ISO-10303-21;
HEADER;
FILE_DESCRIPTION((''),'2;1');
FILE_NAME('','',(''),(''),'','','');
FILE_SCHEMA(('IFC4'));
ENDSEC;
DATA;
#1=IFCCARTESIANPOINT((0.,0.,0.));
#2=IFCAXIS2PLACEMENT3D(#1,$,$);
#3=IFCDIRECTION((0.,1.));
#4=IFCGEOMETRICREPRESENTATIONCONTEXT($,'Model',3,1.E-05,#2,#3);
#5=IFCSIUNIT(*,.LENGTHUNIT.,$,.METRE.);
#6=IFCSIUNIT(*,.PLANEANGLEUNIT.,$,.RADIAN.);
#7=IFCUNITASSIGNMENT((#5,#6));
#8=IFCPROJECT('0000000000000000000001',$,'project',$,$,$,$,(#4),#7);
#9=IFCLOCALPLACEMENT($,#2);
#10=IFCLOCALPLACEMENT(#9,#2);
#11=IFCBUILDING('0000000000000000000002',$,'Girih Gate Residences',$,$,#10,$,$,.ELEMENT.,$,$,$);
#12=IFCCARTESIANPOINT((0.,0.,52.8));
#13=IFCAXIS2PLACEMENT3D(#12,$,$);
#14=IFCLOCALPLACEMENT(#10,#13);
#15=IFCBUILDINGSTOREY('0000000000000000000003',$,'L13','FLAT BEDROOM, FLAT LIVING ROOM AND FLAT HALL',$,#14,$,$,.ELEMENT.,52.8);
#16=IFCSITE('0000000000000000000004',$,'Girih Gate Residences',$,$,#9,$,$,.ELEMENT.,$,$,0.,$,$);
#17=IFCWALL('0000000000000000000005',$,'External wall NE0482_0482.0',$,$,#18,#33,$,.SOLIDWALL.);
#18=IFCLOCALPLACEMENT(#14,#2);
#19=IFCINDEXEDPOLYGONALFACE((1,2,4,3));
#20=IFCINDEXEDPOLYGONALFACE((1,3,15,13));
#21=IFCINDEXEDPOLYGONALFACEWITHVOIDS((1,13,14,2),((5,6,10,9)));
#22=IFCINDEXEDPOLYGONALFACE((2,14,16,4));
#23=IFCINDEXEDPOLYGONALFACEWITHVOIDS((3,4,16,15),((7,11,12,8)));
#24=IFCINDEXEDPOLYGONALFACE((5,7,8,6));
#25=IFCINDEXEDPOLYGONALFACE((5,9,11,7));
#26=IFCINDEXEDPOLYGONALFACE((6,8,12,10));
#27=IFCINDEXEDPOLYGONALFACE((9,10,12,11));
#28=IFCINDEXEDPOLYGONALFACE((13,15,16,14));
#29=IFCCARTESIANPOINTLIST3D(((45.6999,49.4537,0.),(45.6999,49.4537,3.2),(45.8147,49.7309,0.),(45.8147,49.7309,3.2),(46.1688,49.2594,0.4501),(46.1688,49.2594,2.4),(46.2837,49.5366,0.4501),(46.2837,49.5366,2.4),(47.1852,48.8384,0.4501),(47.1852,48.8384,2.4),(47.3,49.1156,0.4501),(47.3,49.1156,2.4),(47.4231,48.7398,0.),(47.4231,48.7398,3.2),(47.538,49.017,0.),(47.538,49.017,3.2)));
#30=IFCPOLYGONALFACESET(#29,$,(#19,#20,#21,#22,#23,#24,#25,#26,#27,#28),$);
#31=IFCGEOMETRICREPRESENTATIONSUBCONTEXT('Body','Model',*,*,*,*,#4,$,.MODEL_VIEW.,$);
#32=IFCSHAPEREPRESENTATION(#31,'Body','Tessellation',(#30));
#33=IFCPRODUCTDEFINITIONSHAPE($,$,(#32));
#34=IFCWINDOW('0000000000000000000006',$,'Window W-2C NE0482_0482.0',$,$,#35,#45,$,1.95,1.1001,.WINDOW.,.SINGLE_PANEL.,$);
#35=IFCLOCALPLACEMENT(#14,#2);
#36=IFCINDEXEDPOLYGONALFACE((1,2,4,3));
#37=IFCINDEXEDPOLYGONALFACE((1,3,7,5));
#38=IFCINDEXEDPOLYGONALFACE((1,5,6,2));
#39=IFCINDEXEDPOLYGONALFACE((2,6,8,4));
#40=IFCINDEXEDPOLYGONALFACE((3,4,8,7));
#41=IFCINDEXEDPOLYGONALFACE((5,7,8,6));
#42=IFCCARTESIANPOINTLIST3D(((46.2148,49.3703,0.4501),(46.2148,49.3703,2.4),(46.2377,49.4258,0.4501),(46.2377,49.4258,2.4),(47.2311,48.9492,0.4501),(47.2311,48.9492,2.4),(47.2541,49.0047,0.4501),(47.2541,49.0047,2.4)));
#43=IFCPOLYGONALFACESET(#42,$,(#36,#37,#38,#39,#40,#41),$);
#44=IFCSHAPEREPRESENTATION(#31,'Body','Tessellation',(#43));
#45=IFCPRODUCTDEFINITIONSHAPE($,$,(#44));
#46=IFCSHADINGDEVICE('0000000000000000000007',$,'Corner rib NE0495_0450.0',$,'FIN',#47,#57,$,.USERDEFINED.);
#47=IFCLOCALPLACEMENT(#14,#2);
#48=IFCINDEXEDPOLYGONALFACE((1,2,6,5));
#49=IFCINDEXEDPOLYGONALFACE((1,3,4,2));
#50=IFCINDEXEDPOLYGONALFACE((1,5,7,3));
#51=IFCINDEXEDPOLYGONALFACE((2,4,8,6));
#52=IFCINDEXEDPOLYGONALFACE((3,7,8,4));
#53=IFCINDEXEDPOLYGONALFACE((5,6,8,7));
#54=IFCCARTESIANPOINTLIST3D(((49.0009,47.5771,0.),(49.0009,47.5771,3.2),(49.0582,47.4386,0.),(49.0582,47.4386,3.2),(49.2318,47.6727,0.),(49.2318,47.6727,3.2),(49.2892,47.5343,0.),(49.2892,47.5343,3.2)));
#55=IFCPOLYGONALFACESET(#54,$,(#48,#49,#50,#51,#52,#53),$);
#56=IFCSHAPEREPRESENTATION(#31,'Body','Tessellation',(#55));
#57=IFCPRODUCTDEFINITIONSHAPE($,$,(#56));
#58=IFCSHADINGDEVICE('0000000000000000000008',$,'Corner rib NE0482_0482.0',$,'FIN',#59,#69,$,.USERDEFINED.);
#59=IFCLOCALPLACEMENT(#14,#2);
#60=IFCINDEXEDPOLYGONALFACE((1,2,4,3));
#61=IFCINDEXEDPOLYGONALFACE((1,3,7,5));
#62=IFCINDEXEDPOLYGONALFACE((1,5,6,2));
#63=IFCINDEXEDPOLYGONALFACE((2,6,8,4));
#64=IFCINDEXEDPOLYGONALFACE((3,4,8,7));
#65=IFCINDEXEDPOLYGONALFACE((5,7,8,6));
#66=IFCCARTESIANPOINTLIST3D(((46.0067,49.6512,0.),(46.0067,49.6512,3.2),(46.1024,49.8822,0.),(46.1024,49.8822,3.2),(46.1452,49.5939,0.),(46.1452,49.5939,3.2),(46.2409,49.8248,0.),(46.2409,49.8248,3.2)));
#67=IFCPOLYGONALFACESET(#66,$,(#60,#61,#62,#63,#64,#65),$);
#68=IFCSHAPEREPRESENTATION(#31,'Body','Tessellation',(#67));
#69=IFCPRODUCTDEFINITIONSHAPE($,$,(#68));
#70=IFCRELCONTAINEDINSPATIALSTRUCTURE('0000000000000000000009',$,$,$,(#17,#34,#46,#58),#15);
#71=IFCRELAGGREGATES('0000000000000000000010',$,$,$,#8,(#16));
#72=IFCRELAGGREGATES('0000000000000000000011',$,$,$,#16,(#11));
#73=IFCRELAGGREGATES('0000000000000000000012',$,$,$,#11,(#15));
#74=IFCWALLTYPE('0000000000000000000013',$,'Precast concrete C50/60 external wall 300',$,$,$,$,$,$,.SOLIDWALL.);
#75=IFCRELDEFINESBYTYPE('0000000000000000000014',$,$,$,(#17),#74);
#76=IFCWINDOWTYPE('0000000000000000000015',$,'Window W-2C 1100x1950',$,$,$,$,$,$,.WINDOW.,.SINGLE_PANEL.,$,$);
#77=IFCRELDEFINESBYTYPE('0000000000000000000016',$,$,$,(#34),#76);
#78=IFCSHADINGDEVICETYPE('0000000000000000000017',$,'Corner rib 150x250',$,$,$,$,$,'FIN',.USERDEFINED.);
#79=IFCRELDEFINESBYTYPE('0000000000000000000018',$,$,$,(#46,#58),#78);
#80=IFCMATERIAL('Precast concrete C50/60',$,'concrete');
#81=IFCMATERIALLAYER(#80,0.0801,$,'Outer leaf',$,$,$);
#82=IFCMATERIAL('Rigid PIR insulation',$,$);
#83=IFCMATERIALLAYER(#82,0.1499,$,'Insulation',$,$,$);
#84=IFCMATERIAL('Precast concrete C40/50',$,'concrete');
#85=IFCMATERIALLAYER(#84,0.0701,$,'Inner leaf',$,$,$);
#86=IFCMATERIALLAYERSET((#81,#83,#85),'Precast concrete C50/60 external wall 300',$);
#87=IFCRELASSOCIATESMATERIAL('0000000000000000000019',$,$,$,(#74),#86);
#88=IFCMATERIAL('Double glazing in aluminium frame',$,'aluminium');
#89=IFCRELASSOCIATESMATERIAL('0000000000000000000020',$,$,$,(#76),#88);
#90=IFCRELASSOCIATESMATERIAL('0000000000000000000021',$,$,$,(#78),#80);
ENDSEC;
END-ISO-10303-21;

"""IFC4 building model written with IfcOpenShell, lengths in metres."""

from ifc_helpers import new_model, si_unit, direction, frame, frame_2d, origin, origin_2d, place, context, subcontext, project, spatial, rectangle, extrude, material, layer, layer_set, type_object, element, fill, save


model = new_model("IFC4")

# Units and contexts
model_context = context("Model", 3, precision=1e-05, world=origin(), true_north=direction((0.0, 1.0)))
body_context = subcontext(model_context, "Body", "Model", "MODEL_VIEW")
ifc_project = project(units=[si_unit("LENGTHUNIT", "METRE"), si_unit("PLANEANGLEUNIT", "RADIAN")], contexts=[model_context])

# Site, building, storey
site_placement = place(None, origin())
site = spatial("IfcSite", under=ifc_project, at=site_placement, Name="Girih Gate Residences", CompositionType="ELEMENT", RefElevation=0.0)
building_placement = place(site_placement, origin())
building = spatial("IfcBuilding", under=site, at=building_placement, Name="Girih Gate Residences", CompositionType="ELEMENT")
storey_placement = place(building_placement, frame((0.0, 0.0, 52.8)))
storey = spatial("IfcBuildingStorey", under=building, at=storey_placement, Name="L13", Description="FLAT BEDROOM, FLAT LIVING ROOM AND FLAT HALL", CompositionType="ELEMENT", Elevation=52.8)

# Wall, opening, window
ifc_material_1 = material(Name="Precast concrete C50/60", Category="concrete")
ifc_layer_1 = layer(ifc_material_1, 0.0801, Name="Outer leaf")
ifc_material_2 = material(Name="Rigid PIR insulation")
ifc_layer_2 = layer(ifc_material_2, 0.1499, Name="Insulation")
ifc_material_3 = material(Name="Precast concrete C40/50", Category="concrete")
ifc_layer_3 = layer(ifc_material_3, 0.0701, Name="Inner leaf")
ifc_layer_set_1 = layer_set([ifc_layer_1, ifc_layer_2, ifc_layer_3], Name="Precast concrete C50/60 external wall 300")
wall_type_1 = type_object("IfcWallType", Name="Precast concrete C50/60 external wall 300", PredefinedType="SOLIDWALL", material=ifc_layer_set_1)
ifc_material_4 = material(Name="Double glazing in aluminium frame", Category="aluminium")
window_type_1 = type_object("IfcWindowType", Name="Window W-2C 1100x1950", PartitioningType="SINGLE_PANEL", PredefinedType="WINDOW", material=ifc_material_4)
wall_1_placement = place(storey_placement, frame((45.7573, 49.5923, 0.0), z_axis=(0.0, 0.0, 1.0), x_axis=(0.923857, -0.382737, 0.0)))
wall_1 = element("IfcWall", 1, at=wall_1_placement, inside=storey, type_object=wall_type_1, Name="External wall NE0482_0482.0", PredefinedType="SOLIDWALL", context=body_context, shape_type="SweptSolid", body=[
    extrude(rectangle(XDim=1.8652, YDim=0.3, at=frame_2d((0.9326, 0.0))), origin(), (0.0, 0.0, 1.0), 3.2),
])
opening_1_placement = place(wall_1_placement, frame((0.5076, 0.0, 0.45)))
opening_1 = element("IfcOpeningElement", 2, at=opening_1_placement, cuts=wall_1, PredefinedType="OPENING", context=body_context, shape_type="SweptSolid", body=[
    extrude(rectangle(XDim=1.1001, YDim=1.95, at=frame_2d((0.55, 0.9751))), frame((0.0, 0.1599, 0.0), z_axis=(0.0, -1.0, 0.0), x_axis=(1.0, 0.0, 0.0)), (0.0, 0.0, 1.0), 0.3201),
])
window_1_placement = place(opening_1_placement, origin())
window_1 = element("IfcWindow", 3, at=window_1_placement, inside=storey, type_object=window_type_1, Name="Window W-2C NE0482_0482.0", OverallHeight=1.95, OverallWidth=1.1001, PartitioningType="SINGLE_PANEL", PredefinedType="WINDOW", context=body_context, shape_type="SweptSolid", body=[
    extrude(rectangle(XDim=1.1001, YDim=1.95, at=frame_2d((0.55, 0.9751))), frame((0.0, 0.03, 0.0), z_axis=(0.0, -1.0, 0.0), x_axis=(1.0, 0.0, 0.0)), (0.0, 0.0, 1.0), 0.0601),
])
fill(opening_1, window_1)

# Shading devices
shading_device_type = type_object("IfcShadingDeviceType", Name="Corner rib 150x250", ElementType="FIN", PredefinedType="USERDEFINED", material=ifc_material_1)
for number, where, z_axis, x_axis, name in (
    (4, (49.145, 47.5557, 0.0), (0.0, 0.0, 1.0), (-0.382683, 0.92388, 0.0), "Corner rib NE0495_0450.0"),
    (5, (46.1238, 49.738, 0.0), (0.0, 0.0, 1.0), (-0.92388, 0.382683, 0.0), "Corner rib NE0482_0482.0"),
):
    element("IfcShadingDevice", number, at=place(storey_placement, frame(where, z_axis=z_axis, x_axis=x_axis)), inside=storey, type_object=shading_device_type, Name=name, ObjectType="FIN", PredefinedType="USERDEFINED", context=body_context, shape_type="SweptSolid", body=[
        extrude(rectangle(XDim=0.1499, YDim=0.25, at=origin_2d()), origin(), (0.0, 0.0, 1.0), 3.2),
    ])

save(model, "model.ifc")
